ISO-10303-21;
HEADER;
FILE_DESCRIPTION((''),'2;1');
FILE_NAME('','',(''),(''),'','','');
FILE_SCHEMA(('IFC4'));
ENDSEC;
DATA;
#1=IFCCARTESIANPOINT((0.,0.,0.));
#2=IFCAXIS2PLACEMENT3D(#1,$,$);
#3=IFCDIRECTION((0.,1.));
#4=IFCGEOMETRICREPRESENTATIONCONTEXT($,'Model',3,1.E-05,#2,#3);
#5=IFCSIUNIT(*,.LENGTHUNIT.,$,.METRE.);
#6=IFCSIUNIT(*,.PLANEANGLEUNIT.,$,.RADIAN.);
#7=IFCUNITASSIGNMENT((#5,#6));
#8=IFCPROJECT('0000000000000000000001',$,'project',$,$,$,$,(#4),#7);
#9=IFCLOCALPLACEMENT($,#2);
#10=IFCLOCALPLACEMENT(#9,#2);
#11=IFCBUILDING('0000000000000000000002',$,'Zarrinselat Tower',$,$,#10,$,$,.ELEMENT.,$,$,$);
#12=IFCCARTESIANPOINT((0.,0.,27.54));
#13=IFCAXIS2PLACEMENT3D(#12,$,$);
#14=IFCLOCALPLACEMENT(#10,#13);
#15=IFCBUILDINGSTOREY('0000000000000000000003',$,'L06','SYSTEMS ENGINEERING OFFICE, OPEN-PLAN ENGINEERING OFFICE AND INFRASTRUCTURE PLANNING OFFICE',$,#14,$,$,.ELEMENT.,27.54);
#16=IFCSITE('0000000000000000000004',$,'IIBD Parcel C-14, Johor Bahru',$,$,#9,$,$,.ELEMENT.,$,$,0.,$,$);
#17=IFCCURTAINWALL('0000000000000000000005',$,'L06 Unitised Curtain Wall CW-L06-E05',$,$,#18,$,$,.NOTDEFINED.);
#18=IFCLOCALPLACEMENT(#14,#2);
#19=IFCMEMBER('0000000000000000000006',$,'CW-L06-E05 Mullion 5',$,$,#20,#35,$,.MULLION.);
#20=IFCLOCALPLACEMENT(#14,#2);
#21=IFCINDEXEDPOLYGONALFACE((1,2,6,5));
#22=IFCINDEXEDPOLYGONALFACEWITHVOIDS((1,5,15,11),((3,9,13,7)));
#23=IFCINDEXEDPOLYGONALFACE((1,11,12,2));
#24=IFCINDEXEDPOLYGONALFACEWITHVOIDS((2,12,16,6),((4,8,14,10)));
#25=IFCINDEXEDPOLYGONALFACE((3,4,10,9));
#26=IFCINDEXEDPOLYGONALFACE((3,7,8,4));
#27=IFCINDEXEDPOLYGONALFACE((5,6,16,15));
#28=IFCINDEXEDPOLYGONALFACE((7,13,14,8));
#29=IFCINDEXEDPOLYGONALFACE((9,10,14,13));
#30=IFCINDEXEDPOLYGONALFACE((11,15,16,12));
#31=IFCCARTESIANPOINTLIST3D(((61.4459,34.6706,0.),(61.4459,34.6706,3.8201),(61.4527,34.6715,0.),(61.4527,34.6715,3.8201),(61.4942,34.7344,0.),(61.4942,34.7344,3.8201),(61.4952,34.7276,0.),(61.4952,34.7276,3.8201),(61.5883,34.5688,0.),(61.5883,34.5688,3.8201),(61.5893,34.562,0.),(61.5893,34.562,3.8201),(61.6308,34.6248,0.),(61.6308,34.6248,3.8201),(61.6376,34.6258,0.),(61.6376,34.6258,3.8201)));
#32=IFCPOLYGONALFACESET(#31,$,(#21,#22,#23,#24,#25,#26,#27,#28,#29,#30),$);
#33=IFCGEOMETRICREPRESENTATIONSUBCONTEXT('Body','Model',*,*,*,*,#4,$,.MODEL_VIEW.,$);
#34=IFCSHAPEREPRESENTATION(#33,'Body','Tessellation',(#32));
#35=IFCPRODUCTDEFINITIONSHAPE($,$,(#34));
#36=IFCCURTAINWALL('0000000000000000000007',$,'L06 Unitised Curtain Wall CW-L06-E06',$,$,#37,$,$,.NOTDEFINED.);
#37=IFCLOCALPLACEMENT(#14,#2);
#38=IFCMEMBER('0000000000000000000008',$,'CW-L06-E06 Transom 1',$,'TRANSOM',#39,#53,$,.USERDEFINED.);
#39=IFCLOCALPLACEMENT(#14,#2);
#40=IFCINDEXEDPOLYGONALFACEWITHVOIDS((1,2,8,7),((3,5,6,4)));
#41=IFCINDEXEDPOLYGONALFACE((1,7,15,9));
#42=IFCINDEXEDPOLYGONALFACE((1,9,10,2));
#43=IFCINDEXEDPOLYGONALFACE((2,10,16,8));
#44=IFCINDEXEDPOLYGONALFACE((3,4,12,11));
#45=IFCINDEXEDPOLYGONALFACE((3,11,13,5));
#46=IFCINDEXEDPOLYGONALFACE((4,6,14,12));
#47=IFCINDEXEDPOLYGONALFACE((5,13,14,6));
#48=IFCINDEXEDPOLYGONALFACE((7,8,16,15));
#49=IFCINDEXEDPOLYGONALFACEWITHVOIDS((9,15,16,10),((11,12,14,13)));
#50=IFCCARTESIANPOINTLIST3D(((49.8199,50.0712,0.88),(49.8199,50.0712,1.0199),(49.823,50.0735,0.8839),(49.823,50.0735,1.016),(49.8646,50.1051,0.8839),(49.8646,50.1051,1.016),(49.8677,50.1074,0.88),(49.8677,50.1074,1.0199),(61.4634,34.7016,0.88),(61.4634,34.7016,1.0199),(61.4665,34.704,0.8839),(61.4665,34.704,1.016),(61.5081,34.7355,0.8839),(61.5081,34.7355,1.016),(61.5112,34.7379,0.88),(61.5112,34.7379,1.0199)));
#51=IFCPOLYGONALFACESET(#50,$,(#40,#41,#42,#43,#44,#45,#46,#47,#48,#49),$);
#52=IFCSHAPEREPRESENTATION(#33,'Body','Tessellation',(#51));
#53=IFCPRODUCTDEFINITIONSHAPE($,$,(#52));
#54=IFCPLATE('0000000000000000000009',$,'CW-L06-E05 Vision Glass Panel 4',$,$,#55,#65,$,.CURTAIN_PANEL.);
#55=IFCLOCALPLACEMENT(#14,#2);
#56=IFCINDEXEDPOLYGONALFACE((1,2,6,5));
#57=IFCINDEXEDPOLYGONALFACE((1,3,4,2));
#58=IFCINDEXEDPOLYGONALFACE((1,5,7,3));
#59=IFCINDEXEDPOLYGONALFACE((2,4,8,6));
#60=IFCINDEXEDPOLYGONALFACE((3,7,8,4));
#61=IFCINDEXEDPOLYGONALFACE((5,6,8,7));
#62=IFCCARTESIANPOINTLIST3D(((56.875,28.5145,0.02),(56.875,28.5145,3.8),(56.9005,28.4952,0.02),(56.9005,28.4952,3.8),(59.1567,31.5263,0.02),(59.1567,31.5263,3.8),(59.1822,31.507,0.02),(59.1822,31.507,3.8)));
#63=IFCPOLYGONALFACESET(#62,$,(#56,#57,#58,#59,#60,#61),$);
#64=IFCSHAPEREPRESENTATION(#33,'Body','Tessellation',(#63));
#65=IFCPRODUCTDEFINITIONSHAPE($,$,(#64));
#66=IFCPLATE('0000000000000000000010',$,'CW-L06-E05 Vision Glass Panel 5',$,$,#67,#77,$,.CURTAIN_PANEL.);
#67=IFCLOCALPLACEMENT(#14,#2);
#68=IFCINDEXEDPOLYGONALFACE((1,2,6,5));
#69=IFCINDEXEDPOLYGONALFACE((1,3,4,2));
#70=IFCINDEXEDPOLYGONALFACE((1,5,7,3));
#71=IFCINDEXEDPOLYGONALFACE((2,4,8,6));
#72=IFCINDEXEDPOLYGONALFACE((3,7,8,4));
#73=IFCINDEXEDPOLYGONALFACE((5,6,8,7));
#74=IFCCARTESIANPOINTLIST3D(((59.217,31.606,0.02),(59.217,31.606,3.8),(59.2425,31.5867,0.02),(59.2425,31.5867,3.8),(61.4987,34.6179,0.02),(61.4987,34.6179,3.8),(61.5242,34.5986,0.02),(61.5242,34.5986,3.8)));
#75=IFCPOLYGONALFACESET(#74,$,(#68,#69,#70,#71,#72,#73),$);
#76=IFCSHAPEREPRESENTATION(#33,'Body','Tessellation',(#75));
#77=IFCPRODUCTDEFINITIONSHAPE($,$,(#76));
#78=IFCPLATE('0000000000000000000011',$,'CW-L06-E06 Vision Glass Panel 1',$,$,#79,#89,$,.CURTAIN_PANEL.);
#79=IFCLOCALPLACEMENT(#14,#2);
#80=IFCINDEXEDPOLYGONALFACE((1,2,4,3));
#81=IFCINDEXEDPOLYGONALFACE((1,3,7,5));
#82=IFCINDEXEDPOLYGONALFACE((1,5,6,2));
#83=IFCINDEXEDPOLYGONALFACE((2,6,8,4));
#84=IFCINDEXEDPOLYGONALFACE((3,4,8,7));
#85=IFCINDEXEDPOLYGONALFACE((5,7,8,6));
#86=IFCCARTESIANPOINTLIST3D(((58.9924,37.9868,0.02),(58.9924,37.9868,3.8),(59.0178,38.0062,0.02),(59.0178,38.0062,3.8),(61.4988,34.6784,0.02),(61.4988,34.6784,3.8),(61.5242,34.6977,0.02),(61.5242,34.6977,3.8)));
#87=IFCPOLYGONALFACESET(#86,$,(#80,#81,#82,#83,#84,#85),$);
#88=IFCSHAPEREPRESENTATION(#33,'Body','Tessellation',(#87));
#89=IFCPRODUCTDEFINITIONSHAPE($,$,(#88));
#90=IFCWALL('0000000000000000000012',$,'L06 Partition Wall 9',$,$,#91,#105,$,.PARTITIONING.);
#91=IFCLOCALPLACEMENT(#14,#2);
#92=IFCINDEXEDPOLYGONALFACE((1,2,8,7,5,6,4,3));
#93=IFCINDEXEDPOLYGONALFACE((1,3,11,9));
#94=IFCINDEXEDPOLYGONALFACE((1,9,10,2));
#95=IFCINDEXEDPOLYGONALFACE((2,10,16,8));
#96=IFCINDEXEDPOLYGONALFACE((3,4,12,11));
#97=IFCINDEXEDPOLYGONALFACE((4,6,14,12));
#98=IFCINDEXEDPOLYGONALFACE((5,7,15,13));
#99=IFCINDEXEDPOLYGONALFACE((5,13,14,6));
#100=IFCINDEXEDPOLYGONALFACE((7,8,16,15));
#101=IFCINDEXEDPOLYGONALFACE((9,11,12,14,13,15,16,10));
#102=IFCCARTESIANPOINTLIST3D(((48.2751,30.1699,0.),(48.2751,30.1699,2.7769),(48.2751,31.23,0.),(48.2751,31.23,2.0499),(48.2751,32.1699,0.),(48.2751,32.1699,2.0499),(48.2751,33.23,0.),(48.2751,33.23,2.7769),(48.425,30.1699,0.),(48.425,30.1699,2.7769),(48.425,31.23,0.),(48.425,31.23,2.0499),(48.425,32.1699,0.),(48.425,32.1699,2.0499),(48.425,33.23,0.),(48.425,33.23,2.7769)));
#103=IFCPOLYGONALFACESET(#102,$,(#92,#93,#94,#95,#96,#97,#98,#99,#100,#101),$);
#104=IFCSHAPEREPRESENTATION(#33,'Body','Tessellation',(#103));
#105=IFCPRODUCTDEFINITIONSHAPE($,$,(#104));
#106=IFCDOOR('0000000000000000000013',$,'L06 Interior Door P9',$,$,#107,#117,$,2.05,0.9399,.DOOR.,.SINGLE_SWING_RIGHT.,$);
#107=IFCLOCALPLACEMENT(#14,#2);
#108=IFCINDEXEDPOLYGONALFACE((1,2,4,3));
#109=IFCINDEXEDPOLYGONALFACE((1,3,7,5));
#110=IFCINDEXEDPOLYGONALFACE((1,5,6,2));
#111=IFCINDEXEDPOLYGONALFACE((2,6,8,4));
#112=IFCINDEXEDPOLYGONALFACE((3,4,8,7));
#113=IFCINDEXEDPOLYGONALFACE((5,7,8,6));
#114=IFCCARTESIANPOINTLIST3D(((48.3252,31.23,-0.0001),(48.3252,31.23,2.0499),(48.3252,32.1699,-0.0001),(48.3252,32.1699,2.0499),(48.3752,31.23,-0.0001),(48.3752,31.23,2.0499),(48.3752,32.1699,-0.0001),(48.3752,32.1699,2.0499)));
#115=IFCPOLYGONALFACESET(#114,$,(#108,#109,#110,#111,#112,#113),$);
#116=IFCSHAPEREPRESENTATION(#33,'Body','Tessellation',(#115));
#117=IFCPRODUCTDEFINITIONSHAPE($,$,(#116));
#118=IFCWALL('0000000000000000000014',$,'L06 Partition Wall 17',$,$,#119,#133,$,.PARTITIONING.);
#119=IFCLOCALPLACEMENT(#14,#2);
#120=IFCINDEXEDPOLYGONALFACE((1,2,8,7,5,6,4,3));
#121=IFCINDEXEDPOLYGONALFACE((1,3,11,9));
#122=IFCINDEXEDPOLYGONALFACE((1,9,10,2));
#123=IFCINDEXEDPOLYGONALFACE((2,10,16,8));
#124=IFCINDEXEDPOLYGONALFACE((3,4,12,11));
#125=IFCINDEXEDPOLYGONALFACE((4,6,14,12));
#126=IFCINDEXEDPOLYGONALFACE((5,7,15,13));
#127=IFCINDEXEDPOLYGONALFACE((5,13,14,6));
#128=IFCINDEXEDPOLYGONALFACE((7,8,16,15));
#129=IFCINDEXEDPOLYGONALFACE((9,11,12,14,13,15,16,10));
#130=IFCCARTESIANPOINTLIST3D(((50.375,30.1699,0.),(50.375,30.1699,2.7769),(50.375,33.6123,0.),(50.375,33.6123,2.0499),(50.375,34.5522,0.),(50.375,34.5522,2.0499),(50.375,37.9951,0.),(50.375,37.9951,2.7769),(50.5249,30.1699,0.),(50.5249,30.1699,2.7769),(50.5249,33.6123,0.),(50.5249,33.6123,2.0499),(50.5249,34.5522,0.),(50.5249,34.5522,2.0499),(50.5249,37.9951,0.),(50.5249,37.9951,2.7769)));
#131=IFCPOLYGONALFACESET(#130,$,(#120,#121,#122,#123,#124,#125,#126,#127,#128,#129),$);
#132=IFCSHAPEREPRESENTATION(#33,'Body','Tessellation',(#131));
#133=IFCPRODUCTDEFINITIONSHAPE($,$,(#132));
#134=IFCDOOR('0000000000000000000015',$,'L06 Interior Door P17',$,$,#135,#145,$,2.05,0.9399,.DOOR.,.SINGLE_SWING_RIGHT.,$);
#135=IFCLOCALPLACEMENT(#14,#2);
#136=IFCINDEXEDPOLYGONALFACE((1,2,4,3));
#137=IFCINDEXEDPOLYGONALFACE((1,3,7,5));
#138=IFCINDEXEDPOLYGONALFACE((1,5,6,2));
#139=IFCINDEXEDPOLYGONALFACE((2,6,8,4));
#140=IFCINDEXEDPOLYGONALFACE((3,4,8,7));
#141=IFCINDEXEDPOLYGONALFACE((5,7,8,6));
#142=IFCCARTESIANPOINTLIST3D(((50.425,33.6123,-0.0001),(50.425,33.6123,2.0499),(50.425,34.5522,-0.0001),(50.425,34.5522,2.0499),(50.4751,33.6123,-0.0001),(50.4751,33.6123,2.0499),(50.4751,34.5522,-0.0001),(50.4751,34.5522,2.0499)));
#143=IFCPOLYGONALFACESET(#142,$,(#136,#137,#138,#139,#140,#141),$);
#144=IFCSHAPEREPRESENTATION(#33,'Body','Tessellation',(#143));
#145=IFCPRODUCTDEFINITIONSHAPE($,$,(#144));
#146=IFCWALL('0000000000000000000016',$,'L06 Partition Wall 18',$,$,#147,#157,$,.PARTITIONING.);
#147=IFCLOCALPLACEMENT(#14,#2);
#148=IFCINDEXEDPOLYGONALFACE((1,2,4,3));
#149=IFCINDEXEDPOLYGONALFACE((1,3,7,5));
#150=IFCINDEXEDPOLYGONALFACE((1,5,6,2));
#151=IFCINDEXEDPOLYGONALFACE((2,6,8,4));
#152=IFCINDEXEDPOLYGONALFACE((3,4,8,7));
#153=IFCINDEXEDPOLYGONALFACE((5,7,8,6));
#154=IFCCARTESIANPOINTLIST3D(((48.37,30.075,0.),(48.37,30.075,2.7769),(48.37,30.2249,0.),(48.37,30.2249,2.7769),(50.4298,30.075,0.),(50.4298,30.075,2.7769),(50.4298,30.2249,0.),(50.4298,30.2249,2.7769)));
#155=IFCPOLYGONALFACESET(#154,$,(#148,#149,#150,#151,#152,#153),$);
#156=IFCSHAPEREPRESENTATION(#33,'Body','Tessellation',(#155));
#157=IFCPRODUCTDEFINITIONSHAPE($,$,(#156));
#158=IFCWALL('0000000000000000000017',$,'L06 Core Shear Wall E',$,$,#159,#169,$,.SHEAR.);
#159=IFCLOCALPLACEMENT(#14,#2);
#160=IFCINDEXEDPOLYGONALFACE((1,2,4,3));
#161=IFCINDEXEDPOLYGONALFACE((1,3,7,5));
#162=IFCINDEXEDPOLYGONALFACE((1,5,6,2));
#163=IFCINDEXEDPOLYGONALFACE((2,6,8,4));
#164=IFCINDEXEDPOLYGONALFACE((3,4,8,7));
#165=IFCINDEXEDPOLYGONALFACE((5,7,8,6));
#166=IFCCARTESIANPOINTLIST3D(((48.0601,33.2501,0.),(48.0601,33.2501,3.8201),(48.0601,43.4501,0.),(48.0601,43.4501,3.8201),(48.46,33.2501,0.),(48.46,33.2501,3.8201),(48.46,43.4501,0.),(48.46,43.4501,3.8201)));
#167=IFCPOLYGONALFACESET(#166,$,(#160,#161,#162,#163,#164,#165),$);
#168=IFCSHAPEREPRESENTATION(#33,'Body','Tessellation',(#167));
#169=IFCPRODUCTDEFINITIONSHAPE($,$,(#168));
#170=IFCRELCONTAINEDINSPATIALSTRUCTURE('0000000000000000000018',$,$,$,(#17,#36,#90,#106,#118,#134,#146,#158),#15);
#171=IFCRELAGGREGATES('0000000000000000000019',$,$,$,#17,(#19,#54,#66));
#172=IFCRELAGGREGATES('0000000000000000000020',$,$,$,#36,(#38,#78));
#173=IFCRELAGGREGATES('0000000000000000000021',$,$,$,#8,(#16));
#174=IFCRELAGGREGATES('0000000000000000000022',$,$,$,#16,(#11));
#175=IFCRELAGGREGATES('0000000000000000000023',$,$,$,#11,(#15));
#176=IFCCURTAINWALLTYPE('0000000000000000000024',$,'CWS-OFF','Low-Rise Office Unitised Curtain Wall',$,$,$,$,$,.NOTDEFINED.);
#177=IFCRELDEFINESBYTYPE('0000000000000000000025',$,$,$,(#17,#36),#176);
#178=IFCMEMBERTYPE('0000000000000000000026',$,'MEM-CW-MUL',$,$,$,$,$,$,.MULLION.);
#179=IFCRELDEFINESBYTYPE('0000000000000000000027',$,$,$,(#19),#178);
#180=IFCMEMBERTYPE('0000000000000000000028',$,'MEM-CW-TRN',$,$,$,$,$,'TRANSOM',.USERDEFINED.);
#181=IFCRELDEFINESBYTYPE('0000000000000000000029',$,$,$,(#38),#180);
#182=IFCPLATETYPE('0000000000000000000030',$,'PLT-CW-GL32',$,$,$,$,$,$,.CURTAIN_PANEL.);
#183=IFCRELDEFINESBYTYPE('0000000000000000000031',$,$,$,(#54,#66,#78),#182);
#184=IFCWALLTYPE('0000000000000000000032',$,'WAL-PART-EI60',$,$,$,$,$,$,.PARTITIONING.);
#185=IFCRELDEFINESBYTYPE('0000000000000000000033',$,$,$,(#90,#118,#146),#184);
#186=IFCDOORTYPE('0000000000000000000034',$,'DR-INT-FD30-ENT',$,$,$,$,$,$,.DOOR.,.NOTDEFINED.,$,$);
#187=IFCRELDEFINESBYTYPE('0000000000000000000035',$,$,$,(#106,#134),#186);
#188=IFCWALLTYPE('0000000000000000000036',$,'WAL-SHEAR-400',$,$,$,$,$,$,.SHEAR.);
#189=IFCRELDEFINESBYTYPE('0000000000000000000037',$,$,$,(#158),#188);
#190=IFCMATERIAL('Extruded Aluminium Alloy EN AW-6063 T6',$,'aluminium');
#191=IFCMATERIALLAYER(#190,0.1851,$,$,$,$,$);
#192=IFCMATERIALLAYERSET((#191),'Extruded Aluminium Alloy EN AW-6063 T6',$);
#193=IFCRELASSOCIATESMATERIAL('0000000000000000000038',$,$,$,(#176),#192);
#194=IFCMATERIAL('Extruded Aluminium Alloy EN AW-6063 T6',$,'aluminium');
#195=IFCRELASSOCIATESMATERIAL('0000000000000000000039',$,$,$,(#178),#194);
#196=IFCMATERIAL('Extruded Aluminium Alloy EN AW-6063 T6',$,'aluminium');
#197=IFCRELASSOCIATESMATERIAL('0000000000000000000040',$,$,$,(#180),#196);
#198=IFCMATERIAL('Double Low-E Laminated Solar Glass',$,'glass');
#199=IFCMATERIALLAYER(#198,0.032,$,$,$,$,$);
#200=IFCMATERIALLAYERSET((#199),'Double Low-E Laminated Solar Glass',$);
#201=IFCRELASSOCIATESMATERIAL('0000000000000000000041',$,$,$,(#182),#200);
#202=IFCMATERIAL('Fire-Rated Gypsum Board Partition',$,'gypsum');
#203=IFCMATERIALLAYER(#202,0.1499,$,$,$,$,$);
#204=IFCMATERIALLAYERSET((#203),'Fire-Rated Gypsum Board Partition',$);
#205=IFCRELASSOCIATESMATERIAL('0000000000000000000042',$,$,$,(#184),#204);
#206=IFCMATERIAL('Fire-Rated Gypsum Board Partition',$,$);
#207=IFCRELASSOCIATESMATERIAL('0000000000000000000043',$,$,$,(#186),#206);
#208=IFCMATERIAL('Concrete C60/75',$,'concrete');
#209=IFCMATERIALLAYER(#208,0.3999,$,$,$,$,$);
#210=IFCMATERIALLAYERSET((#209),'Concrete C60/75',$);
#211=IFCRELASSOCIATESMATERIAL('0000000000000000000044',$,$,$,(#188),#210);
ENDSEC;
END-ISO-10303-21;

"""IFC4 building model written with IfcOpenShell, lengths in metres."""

from ifc_helpers import new_model, si_unit, direction, frame, frame_2d, origin, origin_2d, place, context, subcontext, project, spatial, rectangle, hollow_rectangle, extrude, material, layer, layer_set, material_profile, profile_set, type_object, element, fill, aggregate, save


model = new_model("IFC4")

# Units and contexts
model_context = context("Model", 3, precision=1e-05, world=origin(), true_north=direction((0.0, 1.0)))
body_context = subcontext(model_context, "Body", "Model", "MODEL_VIEW")
ifc_project = project(units=[si_unit("LENGTHUNIT", "METRE"), si_unit("PLANEANGLEUNIT", "RADIAN")], contexts=[model_context])

# Site, building, storey
site_placement = place(None, origin())
site = spatial("IfcSite", under=ifc_project, at=site_placement, Name="IIBD Parcel C-14, Johor Bahru", CompositionType="ELEMENT", RefElevation=0.0)
building_placement = place(site_placement, origin())
building = spatial("IfcBuilding", under=site, at=building_placement, Name="Zarrinselat Tower", CompositionType="ELEMENT")
storey_placement = place(building_placement, frame((0.0, 0.0, 27.54)))
storey = spatial("IfcBuildingStorey", under=building, at=storey_placement, Name="L06", Description="SYSTEMS ENGINEERING OFFICE, OPEN-PLAN ENGINEERING OFFICE AND INFRASTRUCTURE PLANNING OFFICE", CompositionType="ELEMENT", Elevation=27.54)

# Curtain wall, member
ifc_material_1 = material(Name="Extruded Aluminium Alloy EN AW-6063 T6", Category="aluminium")
ifc_layer_1 = layer(ifc_material_1, 0.1851)
ifc_layer_set_1 = layer_set([ifc_layer_1], Name="Extruded Aluminium Alloy EN AW-6063 T6")
curtain_wall_type = type_object("IfcCurtainWallType", Name="CWS-OFF", Description="Low-Rise Office Unitised Curtain Wall", PredefinedType="NOTDEFINED", material=ifc_layer_set_1)
curtain_wall_1_placement = place(storey_placement, origin())
curtain_wall_1 = element("IfcCurtainWall", 1, at=curtain_wall_1_placement, inside=storey, type_object=curtain_wall_type, Name="L06 Unitised Curtain Wall CW-L06-E05", PredefinedType="NOTDEFINED")
ifc_material_2 = material(Name="Extruded Aluminium Alloy EN AW-6063 T6", Category="aluminium")
ifc_material_profile_1 = material_profile(ifc_material_2, hollow_rectangle(XDim=0.0801, YDim=0.1799, WallThickness=0.0049, at=origin_2d()), Name="RHS 180x80x5")
ifc_profile_set_1 = profile_set([ifc_material_profile_1], Name="Extruded Aluminium Alloy EN AW-6063 T6")
member_type_1 = type_object("IfcMemberType", Name="MEM-CW-MUL", PredefinedType="MULLION", material=ifc_profile_set_1)
member_1_placement = place(storey_placement, frame((61.5417, 34.6482, 0.0), z_axis=(0.0, 0.0, 1.0), x_axis=(0.603858, 0.797092, 0.0)))
member_1 = element("IfcMember", 2, at=member_1_placement, type_object=member_type_1, Name="CW-L06-E05 Mullion 5", PredefinedType="MULLION", context=body_context, shape_type="SweptSolid", body=[
    extrude(hollow_rectangle(XDim=0.0801, YDim=0.1799, WallThickness=0.0049, at=origin_2d()), origin(), (0.0, 0.0, 1.0), 3.8201),
])

# Curtain wall, member
curtain_wall_2_placement = place(storey_placement, origin())
curtain_wall_2 = element("IfcCurtainWall", 3, at=curtain_wall_2_placement, inside=storey, type_object=curtain_wall_type, Name="L06 Unitised Curtain Wall CW-L06-E06", PredefinedType="NOTDEFINED")
ifc_material_3 = material(Name="Extruded Aluminium Alloy EN AW-6063 T6", Category="aluminium")
ifc_material_profile_2 = material_profile(ifc_material_3, hollow_rectangle(XDim=0.0601, YDim=0.1399, WallThickness=0.0039, at=origin_2d()), Name="RHS 140x60x4")
ifc_profile_set_2 = profile_set([ifc_material_profile_2], Name="Extruded Aluminium Alloy EN AW-6063 T6")
member_type_2 = type_object("IfcMemberType", Name="MEM-CW-TRN", ElementType="TRANSOM", PredefinedType="USERDEFINED", material=ifc_profile_set_2)
member_2_placement = place(storey_placement, frame((61.4873, 34.7197, 0.95), z_axis=(-0.603854, 0.797095, 0.0), x_axis=(-0.797095, -0.603854, 0.0)))
member_2 = element("IfcMember", 4, at=member_2_placement, type_object=member_type_2, Name="CW-L06-E06 Transom 1", ObjectType="TRANSOM", PredefinedType="USERDEFINED", context=body_context, shape_type="SweptSolid", body=[
    extrude(hollow_rectangle(XDim=0.0601, YDim=0.1399, WallThickness=0.0039, at=origin_2d()), origin(), (0.0, 0.0, 1.0), 19.282),
])

# Plates
ifc_material_4 = material(Name="Double Low-E Laminated Solar Glass", Category="glass")
ifc_layer_2 = layer(ifc_material_4, 0.032)
ifc_layer_set_2 = layer_set([ifc_layer_2], Name="Double Low-E Laminated Solar Glass")
plate_type = type_object("IfcPlateType", Name="PLT-CW-GL32", PredefinedType="CURTAIN_PANEL", material=ifc_layer_set_2)
plate_1_placement = place(storey_placement, frame((58.0286, 30.0107, 0.02), z_axis=(0.0, 0.0, 1.0), x_axis=(0.603858, 0.797092, 0.0)))
plate_1 = element("IfcPlate", 5, at=plate_1_placement, type_object=plate_type, Name="CW-L06-E05 Vision Glass Panel 4", PredefinedType="CURTAIN_PANEL", context=body_context, shape_type="SweptSolid", body=[
    extrude(rectangle(XDim=3.7786, YDim=0.032, at=origin_2d()), origin(), (0.0, 0.0, 1.0), 3.78),
])
plate_2_placement = place(storey_placement, frame((60.3706, 33.1023, 0.02), z_axis=(0.0, 0.0, 1.0), x_axis=(0.603858, 0.797092, 0.0)))
plate_2 = element("IfcPlate", 6, at=plate_2_placement, type_object=plate_type, Name="CW-L06-E05 Vision Glass Panel 5", PredefinedType="CURTAIN_PANEL", context=body_context, shape_type="SweptSolid", body=[
    extrude(rectangle(XDim=3.7786, YDim=0.032, at=origin_2d()), origin(), (0.0, 0.0, 1.0), 3.78),
])
aggregate(curtain_wall_1, [member_1, plate_1, plate_2])
plate_3_placement = place(storey_placement, frame((60.2583, 36.3423, 0.02), z_axis=(0.0, 0.0, 1.0), x_axis=(-0.603859, 0.797091, 0.0)))
plate_3 = element("IfcPlate", 7, at=plate_3_placement, type_object=plate_type, Name="CW-L06-E06 Vision Glass Panel 1", PredefinedType="CURTAIN_PANEL", context=body_context, shape_type="SweptSolid", body=[
    extrude(rectangle(XDim=4.1506, YDim=0.032, at=origin_2d()), origin(), (0.0, 0.0, 1.0), 3.78),
])
aggregate(curtain_wall_2, [member_2, plate_3])

# Walls, openings, doors
ifc_material_5 = material(Name="Fire-Rated Gypsum Board Partition", Category="gypsum")
ifc_layer_3 = layer(ifc_material_5, 0.1499)
ifc_layer_set_3 = layer_set([ifc_layer_3], Name="Fire-Rated Gypsum Board Partition")
wall_type_1 = type_object("IfcWallType", Name="WAL-PART-EI60", PredefinedType="PARTITIONING", material=ifc_layer_set_3)
wall_1_placement = place(storey_placement, frame((48.3501, 30.1699, 0.0), z_axis=(0.0, 0.0, 1.0), x_axis=(0.0, 1.0, 0.0)))
wall_1 = element("IfcWall", 8, at=wall_1_placement, inside=storey, type_object=wall_type_1, Name="L06 Partition Wall 9", PredefinedType="PARTITIONING", context=body_context, shape_type="SweptSolid", body=[
    extrude(rectangle(XDim=3.0601, YDim=0.1499, at=frame_2d((1.53, 0.0))), origin(), (0.0, 0.0, 1.0), 2.7769),
])
opening_1_placement = place(wall_1_placement, frame((1.0601, 0.0, 0.0)))
opening_1 = element("IfcOpeningElement", 9, at=opening_1_placement, cuts=wall_1, PredefinedType="OPENING", context=body_context, shape_type="SweptSolid", body=[
    extrude(rectangle(XDim=0.9399, YDim=2.05, at=frame_2d((0.47, 1.0249))), frame((0.0, 0.085, 0.0), z_axis=(0.0, -1.0, 0.0), x_axis=(1.0, 0.0, 0.0)), (0.0, 0.0, 1.0), 0.1699),
])
ifc_material_6 = material(Name="Fire-Rated Gypsum Board Partition")
door_type = type_object("IfcDoorType", Name="DR-INT-FD30-ENT", OperationType="NOTDEFINED", PredefinedType="DOOR", material=ifc_material_6)
door_1_placement = place(opening_1_placement, origin())
door_1 = element("IfcDoor", 10, at=door_1_placement, inside=storey, type_object=door_type, Name="L06 Interior Door P9", OperationType="SINGLE_SWING_RIGHT", OverallHeight=2.05, OverallWidth=0.9399, PredefinedType="DOOR", context=body_context, shape_type="SweptSolid", body=[
    extrude(rectangle(XDim=0.9399, YDim=2.05, at=frame_2d((0.47, 1.0249))), frame((0.0, 0.0249, 0.0), z_axis=(0.0, -1.0, 0.0), x_axis=(1.0, 0.0, 0.0)), (0.0, 0.0, 1.0), 0.05),
])
fill(opening_1, door_1)
wall_2_placement = place(storey_placement, frame((50.45, 30.1699, 0.0), z_axis=(0.0, 0.0, 1.0), x_axis=(0.0, 1.0, 0.0)))
wall_2 = element("IfcWall", 11, at=wall_2_placement, inside=storey, type_object=wall_type_1, Name="L06 Partition Wall 17", PredefinedType="PARTITIONING", context=body_context, shape_type="SweptSolid", body=[
    extrude(rectangle(XDim=7.8252, YDim=0.1499, at=frame_2d((3.9126, 0.0))), origin(), (0.0, 0.0, 1.0), 2.7769),
])
opening_2_placement = place(wall_2_placement, frame((3.4424, 0.0, 0.0)))
opening_2 = element("IfcOpeningElement", 12, at=opening_2_placement, cuts=wall_2, PredefinedType="OPENING", context=body_context, shape_type="SweptSolid", body=[
    extrude(rectangle(XDim=0.9399, YDim=2.05, at=frame_2d((0.47, 1.0249))), frame((0.0, 0.085, 0.0), z_axis=(0.0, -1.0, 0.0), x_axis=(1.0, 0.0, 0.0)), (0.0, 0.0, 1.0), 0.1699),
])
door_2_placement = place(opening_2_placement, origin())
door_2 = element("IfcDoor", 13, at=door_2_placement, inside=storey, type_object=door_type, Name="L06 Interior Door P17", OperationType="SINGLE_SWING_RIGHT", OverallHeight=2.05, OverallWidth=0.9399, PredefinedType="DOOR", context=body_context, shape_type="SweptSolid", body=[
    extrude(rectangle(XDim=0.9399, YDim=2.05, at=frame_2d((0.47, 1.0249))), frame((0.0, 0.0249, 0.0), z_axis=(0.0, -1.0, 0.0), x_axis=(1.0, 0.0, 0.0)), (0.0, 0.0, 1.0), 0.05),
])
fill(opening_2, door_2)

# Walls
wall_3_placement = place(storey_placement, frame((48.3701, 30.1499, 0.0), z_axis=(0.0, 0.0, 1.0), x_axis=(1.0, 0.0, 0.0)))
element("IfcWall", 14, at=wall_3_placement, inside=storey, type_object=wall_type_1, Name="L06 Partition Wall 18", PredefinedType="PARTITIONING", context=body_context, shape_type="SweptSolid", body=[
    extrude(rectangle(XDim=2.0598, YDim=0.1499, at=frame_2d((1.0298, 0.0))), origin(), (0.0, 0.0, 1.0), 2.7769),
])
ifc_material_7 = material(Name="Concrete C60/75", Category="concrete")
ifc_layer_4 = layer(ifc_material_7, 0.3999)
ifc_layer_set_4 = layer_set([ifc_layer_4], Name="Concrete C60/75")
wall_type_2 = type_object("IfcWallType", Name="WAL-SHEAR-400", PredefinedType="SHEAR", material=ifc_layer_set_4)
wall_4_placement = place(storey_placement, frame((48.26, 33.25, 0.0), z_axis=(0.0, 0.0, 1.0), x_axis=(0.0, 1.0, 0.0)))
element("IfcWall", 15, at=wall_4_placement, inside=storey, type_object=wall_type_2, Name="L06 Core Shear Wall E", PredefinedType="SHEAR", context=body_context, shape_type="SweptSolid", body=[
    extrude(rectangle(XDim=10.2, YDim=0.3999, at=frame_2d((5.1001, 0.0))), origin(), (0.0, 0.0, 1.0), 3.8201),
])

save(model, "model.ifc")
